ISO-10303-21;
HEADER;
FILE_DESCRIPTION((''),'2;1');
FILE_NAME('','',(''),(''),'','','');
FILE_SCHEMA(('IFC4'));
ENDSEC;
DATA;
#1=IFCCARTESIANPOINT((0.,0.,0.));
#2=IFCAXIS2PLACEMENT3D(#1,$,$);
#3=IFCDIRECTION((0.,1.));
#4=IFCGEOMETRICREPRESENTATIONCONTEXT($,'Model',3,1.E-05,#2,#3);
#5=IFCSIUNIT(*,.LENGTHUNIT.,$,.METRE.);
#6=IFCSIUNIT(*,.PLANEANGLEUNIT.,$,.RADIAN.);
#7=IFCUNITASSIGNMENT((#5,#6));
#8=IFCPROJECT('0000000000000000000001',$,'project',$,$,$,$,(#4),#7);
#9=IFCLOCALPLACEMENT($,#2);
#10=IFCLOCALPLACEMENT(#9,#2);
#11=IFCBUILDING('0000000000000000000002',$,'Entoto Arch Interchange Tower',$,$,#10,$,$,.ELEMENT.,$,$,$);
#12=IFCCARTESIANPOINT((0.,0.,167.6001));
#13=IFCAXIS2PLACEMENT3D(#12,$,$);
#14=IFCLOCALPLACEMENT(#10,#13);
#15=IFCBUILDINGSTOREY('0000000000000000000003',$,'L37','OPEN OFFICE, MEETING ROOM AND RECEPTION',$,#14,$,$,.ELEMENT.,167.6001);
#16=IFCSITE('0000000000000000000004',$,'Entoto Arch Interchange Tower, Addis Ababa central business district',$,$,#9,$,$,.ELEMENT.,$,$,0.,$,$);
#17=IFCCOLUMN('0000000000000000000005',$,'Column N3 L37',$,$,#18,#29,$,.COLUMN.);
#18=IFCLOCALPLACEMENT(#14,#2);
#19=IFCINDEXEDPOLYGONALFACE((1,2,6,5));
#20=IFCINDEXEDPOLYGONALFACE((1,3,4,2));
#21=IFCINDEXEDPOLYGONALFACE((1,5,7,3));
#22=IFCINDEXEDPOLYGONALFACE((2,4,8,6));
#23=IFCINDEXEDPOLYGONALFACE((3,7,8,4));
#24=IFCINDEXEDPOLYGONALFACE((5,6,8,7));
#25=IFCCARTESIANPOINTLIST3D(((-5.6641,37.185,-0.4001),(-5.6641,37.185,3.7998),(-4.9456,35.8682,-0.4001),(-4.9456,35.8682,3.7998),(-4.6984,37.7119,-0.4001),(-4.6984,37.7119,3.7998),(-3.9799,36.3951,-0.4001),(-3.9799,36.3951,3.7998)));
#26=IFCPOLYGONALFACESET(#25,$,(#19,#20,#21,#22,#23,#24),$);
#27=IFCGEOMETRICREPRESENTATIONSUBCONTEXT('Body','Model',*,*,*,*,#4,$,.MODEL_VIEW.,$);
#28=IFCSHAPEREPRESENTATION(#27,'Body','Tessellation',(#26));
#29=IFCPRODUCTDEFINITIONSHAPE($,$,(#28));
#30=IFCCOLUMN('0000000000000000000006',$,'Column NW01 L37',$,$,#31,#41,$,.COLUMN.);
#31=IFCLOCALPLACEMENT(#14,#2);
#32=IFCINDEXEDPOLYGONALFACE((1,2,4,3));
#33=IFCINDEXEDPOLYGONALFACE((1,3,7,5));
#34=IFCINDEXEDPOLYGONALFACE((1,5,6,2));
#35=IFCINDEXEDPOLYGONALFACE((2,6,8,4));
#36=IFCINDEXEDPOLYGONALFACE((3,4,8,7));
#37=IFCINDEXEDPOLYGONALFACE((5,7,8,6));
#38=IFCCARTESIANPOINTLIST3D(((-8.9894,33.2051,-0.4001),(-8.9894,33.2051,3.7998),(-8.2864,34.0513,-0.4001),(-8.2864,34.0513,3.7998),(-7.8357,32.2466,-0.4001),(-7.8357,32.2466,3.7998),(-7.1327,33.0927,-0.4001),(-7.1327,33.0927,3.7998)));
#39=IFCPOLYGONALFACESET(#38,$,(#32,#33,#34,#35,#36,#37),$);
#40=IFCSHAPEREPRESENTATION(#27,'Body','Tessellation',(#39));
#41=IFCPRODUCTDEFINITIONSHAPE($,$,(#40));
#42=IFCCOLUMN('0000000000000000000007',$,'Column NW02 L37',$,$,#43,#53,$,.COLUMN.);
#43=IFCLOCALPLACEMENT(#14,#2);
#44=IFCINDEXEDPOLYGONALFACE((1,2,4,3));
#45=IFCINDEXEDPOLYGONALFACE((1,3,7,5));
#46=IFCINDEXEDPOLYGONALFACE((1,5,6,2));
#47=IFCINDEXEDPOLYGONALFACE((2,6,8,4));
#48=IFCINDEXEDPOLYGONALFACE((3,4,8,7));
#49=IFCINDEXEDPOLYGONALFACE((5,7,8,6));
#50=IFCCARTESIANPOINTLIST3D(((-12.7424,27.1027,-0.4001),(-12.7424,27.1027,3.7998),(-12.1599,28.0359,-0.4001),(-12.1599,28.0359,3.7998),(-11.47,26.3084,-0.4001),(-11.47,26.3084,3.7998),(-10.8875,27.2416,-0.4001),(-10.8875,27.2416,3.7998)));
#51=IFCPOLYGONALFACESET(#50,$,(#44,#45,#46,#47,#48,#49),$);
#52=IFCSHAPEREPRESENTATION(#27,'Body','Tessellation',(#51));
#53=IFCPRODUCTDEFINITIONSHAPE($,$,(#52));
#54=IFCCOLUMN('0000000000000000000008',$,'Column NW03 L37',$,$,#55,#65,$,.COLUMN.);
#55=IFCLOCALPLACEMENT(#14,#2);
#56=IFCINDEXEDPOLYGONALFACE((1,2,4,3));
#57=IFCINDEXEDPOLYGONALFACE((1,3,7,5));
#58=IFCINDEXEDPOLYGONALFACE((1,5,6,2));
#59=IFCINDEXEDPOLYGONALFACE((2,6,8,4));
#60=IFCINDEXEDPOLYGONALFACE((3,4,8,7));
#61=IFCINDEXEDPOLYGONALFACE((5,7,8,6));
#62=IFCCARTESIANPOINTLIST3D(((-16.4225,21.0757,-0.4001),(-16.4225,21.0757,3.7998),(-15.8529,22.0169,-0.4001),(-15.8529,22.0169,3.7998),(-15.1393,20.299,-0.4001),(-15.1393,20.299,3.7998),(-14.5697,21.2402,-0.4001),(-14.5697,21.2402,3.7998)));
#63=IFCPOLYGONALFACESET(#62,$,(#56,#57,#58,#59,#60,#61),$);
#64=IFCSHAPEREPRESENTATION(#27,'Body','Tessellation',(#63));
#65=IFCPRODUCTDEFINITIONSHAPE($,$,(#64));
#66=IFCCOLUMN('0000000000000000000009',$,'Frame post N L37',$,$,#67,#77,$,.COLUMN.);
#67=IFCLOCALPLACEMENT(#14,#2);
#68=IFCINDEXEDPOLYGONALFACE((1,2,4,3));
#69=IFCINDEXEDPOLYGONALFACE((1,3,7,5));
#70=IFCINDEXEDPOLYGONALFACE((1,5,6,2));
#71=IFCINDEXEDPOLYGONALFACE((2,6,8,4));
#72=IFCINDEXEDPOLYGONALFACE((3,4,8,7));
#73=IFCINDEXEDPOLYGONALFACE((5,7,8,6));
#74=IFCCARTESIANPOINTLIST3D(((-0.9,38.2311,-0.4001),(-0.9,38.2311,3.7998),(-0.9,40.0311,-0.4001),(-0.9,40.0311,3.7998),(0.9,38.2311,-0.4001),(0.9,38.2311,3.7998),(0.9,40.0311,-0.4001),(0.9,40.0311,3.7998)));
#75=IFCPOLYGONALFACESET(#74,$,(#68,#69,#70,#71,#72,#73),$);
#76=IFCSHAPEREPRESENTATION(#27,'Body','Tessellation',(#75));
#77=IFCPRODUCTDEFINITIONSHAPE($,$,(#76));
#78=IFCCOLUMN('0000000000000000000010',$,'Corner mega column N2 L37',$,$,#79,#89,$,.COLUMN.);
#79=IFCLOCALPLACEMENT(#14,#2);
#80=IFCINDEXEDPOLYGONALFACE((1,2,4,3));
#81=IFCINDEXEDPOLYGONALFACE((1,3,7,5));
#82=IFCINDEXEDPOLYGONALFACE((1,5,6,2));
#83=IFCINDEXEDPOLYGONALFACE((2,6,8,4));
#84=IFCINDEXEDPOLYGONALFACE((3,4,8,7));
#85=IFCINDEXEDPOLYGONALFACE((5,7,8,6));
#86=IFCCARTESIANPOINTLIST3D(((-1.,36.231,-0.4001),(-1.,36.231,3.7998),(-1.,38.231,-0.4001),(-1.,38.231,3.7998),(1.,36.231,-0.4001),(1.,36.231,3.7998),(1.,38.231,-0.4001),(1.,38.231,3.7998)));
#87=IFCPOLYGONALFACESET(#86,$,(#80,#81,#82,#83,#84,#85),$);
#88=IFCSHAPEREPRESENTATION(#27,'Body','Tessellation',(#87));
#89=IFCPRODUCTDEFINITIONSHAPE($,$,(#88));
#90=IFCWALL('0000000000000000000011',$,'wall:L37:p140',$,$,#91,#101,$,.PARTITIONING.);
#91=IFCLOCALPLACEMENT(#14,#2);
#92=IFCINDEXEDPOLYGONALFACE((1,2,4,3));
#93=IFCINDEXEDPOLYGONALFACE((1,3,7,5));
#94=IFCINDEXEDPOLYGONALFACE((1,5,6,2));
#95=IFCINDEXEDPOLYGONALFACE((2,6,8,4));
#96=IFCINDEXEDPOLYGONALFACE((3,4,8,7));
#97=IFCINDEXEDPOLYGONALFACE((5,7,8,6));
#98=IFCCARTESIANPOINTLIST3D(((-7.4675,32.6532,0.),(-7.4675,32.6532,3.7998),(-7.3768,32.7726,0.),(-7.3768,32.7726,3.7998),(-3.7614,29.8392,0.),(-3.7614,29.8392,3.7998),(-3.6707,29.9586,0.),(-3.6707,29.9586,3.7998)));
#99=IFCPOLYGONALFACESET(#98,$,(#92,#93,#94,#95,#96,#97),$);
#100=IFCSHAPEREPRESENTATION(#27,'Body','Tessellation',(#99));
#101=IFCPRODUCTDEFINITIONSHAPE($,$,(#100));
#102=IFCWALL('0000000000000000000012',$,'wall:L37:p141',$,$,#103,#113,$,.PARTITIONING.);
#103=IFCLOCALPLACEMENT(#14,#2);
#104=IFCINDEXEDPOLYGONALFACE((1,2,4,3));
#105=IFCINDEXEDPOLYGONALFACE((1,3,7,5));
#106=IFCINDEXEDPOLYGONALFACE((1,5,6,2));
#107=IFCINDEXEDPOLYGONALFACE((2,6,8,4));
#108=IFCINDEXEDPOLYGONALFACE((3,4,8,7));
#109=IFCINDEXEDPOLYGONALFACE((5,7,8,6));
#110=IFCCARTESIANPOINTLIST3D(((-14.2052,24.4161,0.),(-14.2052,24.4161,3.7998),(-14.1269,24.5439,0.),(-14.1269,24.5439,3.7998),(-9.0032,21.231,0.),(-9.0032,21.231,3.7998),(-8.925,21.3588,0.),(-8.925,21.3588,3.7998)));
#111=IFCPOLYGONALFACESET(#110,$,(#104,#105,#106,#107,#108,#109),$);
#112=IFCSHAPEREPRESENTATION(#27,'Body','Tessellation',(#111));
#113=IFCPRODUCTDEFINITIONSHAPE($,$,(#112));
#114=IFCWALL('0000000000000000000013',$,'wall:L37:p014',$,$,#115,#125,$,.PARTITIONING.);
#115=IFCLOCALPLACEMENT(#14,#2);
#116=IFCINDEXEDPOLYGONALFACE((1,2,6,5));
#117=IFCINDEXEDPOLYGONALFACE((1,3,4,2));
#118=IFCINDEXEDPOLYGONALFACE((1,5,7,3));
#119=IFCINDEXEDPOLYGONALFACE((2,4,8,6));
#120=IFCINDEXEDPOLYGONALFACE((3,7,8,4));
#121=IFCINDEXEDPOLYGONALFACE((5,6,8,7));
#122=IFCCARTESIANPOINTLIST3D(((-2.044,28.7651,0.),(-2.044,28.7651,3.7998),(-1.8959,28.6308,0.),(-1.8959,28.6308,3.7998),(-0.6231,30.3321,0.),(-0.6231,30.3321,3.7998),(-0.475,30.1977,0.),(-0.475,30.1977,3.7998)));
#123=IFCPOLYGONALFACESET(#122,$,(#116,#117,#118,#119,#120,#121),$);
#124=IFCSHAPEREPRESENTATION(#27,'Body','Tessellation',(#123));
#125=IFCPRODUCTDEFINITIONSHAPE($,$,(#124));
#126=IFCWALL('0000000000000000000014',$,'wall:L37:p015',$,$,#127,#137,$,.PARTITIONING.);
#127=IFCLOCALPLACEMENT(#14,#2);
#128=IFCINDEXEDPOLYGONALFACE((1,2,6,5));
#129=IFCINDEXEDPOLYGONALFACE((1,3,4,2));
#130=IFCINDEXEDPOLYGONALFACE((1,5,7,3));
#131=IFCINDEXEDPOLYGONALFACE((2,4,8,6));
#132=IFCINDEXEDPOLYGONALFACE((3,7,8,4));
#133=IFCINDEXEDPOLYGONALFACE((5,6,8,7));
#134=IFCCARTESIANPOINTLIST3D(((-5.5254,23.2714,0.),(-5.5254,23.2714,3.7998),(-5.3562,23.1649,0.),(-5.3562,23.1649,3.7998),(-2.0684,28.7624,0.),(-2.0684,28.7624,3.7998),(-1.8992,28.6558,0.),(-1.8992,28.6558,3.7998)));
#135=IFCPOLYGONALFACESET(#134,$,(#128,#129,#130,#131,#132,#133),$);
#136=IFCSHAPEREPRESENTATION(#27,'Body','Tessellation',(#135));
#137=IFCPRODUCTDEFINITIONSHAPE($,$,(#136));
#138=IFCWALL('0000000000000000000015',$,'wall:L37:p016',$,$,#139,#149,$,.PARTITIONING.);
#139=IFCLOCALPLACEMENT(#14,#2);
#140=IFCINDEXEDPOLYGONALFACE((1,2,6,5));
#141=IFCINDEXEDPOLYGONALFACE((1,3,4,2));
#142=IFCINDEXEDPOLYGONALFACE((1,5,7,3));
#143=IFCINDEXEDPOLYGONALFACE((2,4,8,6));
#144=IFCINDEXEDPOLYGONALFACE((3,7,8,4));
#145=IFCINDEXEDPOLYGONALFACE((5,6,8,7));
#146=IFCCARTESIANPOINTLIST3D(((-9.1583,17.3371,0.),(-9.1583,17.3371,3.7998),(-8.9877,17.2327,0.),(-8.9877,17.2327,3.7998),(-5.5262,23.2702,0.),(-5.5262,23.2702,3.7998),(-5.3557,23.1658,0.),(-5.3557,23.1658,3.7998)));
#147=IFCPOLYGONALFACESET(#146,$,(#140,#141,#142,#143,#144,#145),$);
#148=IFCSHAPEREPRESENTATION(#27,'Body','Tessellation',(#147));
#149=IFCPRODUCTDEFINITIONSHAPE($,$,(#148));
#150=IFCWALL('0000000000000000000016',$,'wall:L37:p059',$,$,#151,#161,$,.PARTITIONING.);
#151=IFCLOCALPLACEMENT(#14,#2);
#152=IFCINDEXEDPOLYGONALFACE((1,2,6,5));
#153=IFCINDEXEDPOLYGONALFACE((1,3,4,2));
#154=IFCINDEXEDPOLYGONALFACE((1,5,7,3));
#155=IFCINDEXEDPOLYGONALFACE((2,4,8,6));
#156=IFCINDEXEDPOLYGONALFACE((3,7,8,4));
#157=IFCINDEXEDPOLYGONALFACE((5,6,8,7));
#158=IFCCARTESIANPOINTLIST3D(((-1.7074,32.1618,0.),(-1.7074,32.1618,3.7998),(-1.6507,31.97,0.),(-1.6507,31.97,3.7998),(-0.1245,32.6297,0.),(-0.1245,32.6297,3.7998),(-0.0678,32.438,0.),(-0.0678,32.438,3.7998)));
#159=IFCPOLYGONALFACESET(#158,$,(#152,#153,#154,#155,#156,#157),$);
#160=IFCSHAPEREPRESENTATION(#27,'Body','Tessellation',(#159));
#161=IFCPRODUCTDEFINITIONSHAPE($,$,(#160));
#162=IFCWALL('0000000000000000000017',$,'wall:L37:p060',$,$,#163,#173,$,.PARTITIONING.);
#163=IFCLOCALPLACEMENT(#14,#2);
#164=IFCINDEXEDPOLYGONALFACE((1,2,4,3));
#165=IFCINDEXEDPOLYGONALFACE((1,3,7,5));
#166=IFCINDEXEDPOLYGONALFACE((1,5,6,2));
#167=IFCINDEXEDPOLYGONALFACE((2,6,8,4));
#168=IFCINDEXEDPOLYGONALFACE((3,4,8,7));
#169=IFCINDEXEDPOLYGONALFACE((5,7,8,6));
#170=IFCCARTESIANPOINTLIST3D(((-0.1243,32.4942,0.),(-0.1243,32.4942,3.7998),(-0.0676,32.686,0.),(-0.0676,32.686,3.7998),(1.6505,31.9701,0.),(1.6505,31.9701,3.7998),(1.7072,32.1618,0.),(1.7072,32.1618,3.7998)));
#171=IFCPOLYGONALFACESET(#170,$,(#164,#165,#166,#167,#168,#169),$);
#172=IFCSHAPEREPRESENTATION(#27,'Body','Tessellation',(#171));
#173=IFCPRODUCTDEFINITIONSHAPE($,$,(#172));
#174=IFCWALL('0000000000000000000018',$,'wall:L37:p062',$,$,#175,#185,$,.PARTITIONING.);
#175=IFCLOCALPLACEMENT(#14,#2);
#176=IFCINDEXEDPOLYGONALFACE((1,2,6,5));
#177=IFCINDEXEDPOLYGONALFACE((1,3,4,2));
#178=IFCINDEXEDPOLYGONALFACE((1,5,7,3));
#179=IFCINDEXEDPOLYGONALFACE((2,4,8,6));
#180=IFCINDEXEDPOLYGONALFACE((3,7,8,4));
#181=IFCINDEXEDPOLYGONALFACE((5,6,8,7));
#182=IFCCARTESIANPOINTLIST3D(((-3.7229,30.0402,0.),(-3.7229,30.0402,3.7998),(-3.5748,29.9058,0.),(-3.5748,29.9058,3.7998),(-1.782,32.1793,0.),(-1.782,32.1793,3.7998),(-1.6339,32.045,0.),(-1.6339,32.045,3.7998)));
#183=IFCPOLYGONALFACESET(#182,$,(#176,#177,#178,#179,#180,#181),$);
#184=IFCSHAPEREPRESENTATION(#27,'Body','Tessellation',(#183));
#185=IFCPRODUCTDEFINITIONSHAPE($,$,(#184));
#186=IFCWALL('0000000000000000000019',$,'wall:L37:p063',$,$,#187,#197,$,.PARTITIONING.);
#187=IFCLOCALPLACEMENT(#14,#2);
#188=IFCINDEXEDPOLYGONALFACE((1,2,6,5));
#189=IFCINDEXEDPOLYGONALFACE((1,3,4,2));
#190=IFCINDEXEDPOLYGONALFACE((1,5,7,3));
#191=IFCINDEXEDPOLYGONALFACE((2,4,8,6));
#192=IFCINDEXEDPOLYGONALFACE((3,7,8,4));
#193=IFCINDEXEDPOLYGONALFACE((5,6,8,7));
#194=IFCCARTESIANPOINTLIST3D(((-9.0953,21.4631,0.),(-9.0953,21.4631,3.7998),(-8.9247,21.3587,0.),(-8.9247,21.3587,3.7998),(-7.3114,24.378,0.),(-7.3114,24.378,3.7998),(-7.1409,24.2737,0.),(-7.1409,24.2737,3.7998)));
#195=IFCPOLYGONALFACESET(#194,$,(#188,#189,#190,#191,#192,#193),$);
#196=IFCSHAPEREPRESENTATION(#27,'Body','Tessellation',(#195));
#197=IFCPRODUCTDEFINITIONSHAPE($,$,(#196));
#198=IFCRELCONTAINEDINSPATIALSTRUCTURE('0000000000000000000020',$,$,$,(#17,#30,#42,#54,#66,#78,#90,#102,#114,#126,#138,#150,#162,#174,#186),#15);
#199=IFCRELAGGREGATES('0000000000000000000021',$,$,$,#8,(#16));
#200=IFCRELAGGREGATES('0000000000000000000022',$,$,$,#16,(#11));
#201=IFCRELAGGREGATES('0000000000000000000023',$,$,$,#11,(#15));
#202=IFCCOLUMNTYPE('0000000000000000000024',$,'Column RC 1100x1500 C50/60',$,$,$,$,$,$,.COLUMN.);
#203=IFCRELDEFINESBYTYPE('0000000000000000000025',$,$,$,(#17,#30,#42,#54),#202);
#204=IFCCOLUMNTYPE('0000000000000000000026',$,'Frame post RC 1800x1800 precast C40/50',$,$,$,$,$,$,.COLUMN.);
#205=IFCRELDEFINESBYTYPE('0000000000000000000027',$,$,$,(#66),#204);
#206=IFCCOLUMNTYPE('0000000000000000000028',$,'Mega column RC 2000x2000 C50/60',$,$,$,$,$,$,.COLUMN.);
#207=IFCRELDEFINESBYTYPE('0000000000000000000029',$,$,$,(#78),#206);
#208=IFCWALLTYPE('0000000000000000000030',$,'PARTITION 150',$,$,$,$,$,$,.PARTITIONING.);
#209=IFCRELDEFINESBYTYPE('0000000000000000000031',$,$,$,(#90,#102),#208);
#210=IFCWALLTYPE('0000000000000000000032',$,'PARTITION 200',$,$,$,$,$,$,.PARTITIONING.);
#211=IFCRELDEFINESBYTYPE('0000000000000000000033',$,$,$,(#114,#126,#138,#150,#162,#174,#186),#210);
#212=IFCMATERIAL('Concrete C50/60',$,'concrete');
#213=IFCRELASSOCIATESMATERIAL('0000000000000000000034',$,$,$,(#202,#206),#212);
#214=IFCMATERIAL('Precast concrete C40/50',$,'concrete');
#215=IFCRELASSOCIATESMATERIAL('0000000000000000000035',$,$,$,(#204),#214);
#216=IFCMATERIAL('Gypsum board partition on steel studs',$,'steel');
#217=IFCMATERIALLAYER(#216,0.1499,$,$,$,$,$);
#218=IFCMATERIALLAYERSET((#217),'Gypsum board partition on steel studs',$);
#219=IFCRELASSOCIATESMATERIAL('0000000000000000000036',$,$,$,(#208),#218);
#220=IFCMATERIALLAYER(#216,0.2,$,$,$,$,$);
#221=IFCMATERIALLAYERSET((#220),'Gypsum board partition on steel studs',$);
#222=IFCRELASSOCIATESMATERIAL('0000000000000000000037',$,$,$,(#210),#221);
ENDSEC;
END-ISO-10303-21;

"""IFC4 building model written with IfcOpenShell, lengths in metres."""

from ifc_helpers import new_model, si_unit, direction, frame, frame_2d, origin, origin_2d, place, context, subcontext, project, spatial, rectangle, extrude, material, layer, layer_set, material_profile, profile_set, type_object, element, save


model = new_model("IFC4")

# Units and contexts
model_context = context("Model", 3, precision=1e-05, world=origin(), true_north=direction((0.0, 1.0)))
body_context = subcontext(model_context, "Body", "Model", "MODEL_VIEW")
ifc_project = project(units=[si_unit("LENGTHUNIT", "METRE"), si_unit("PLANEANGLEUNIT", "RADIAN")], contexts=[model_context])

# Site, building, storey
site_placement = place(None, origin())
site = spatial("IfcSite", under=ifc_project, at=site_placement, Name="Entoto Arch Interchange Tower, Addis Ababa central business district", CompositionType="ELEMENT", RefElevation=0.0)
building_placement = place(site_placement, origin())
building = spatial("IfcBuilding", under=site, at=building_placement, Name="Entoto Arch Interchange Tower", CompositionType="ELEMENT")
storey_placement = place(building_placement, frame((0.0, 0.0, 167.6001)))
storey = spatial("IfcBuildingStorey", under=building, at=storey_placement, Name="L37", Description="OPEN OFFICE, MEETING ROOM AND RECEPTION", CompositionType="ELEMENT", Elevation=167.6001)

# Columns
ifc_material_1 = material(Name="Concrete C50/60", Category="concrete")
ifc_material_profile_1 = material_profile(ifc_material_1, rectangle(XDim=1.1001, YDim=1.5, at=origin_2d()))
ifc_profile_set_1 = profile_set([ifc_material_profile_1], Name="Concrete C50/60")
column_type_1 = type_object("IfcColumnType", Name="Column RC 1100x1500 C50/60", PredefinedType="COLUMN", material=ifc_profile_set_1)
for number, where, z_axis, x_axis, name in (
    (1, (-4.822, 36.79, -0.4001), (0.0, 0.0, 1.0), (0.877833, 0.478968, 0.0), "Column N3 L37"),
    (2, (-8.061, 33.1489, -0.4001), (0.0, 0.0, 1.0), (0.63905, 0.769165, 0.0), "Column NW01 L37"),
    (3, (-11.8149, 27.1721, -0.4001), (0.0, 0.0, 1.0), (0.529549, 0.848279, 0.0), "Column NW02 L37"),
    (4, (-15.4961, 21.158, -0.4001), (0.0, 0.0, 1.0), (0.517803, 0.8555, 0.0), "Column NW03 L37"),
):
    element("IfcColumn", number, at=place(storey_placement, frame(where, z_axis=z_axis, x_axis=x_axis)), inside=storey, type_object=column_type_1, Name=name, PredefinedType="COLUMN", context=body_context, shape_type="SweptSolid", body=[
        extrude(rectangle(XDim=1.1001, YDim=1.5, at=origin_2d()), origin(), (0.0, 0.0, 1.0), 4.2),
    ])
ifc_material_2 = material(Name="Precast concrete C40/50", Category="concrete")
ifc_material_profile_2 = material_profile(ifc_material_2, rectangle(XDim=1.8, YDim=1.8, at=origin_2d()))
ifc_profile_set_2 = profile_set([ifc_material_profile_2], Name="Precast concrete C40/50")
column_type_2 = type_object("IfcColumnType", Name="Frame post RC 1800x1800 precast C40/50", PredefinedType="COLUMN", material=ifc_profile_set_2)
column_1_placement = place(storey_placement, frame((0.0, 39.1311, -0.4001), z_axis=(0.0, 0.0, 1.0), x_axis=(0.0, 1.0, 0.0)))
element("IfcColumn", 5, at=column_1_placement, inside=storey, type_object=column_type_2, Name="Frame post N L37", PredefinedType="COLUMN", context=body_context, shape_type="SweptSolid", body=[
    extrude(rectangle(XDim=1.8, YDim=1.8, at=origin_2d()), origin(), (0.0, 0.0, 1.0), 4.2),
])
ifc_material_profile_3 = material_profile(ifc_material_1, rectangle(XDim=2.0, YDim=2.0, at=origin_2d()))
ifc_profile_set_3 = profile_set([ifc_material_profile_3], Name="Concrete C50/60")
column_type_3 = type_object("IfcColumnType", Name="Mega column RC 2000x2000 C50/60", PredefinedType="COLUMN", material=ifc_profile_set_3)
column_2_placement = place(storey_placement, frame((0.0, 37.231, -0.4001), z_axis=(0.0, 0.0, 1.0), x_axis=(0.0, 1.0, 0.0)))
element("IfcColumn", 6, at=column_2_placement, inside=storey, type_object=column_type_3, Name="Corner mega column N2 L37", PredefinedType="COLUMN", context=body_context, shape_type="SweptSolid", body=[
    extrude(rectangle(XDim=2.0, YDim=2.0, at=origin_2d()), origin(), (0.0, 0.0, 1.0), 4.2),
])

# Walls
ifc_material_3 = material(Name="Gypsum board partition on steel studs", Category="steel")
ifc_layer_1 = layer(ifc_material_3, 0.1499)
ifc_layer_set_1 = layer_set([ifc_layer_1], Name="Gypsum board partition on steel studs")
wall_type_1 = type_object("IfcWallType", Name="PARTITION 150", PredefinedType="PARTITIONING", material=ifc_layer_set_1)
wall_1_placement = place(storey_placement, frame((-3.7161, 29.8989, 0.0), z_axis=(0.0, 0.0, 1.0), x_axis=(-0.796435, 0.604724, 0.0)))
element("IfcWall", 7, at=wall_1_placement, inside=storey, type_object=wall_type_1, Name="wall:L37:p140", PredefinedType="PARTITIONING", context=body_context, shape_type="SweptSolid", body=[
    extrude(rectangle(XDim=4.6533, YDim=0.1499, at=frame_2d((2.3267, 0.0))), origin(), (0.0, 0.0, 1.0), 3.7998),
])
wall_2_placement = place(storey_placement, frame((-8.9641, 21.2949, 0.0), z_axis=(0.0, 0.0, 1.0), x_axis=(-0.852835, 0.52218, 0.0)))
element("IfcWall", 8, at=wall_2_placement, inside=storey, type_object=wall_type_1, Name="wall:L37:p141", PredefinedType="PARTITIONING", context=body_context, shape_type="SweptSolid", body=[
    extrude(rectangle(XDim=6.0996, YDim=0.1499, at=frame_2d((3.0498, 0.0))), origin(), (0.0, 0.0, 1.0), 3.7998),
])
ifc_layer_2 = layer(ifc_material_3, 0.2)
ifc_layer_set_2 = layer_set([ifc_layer_2], Name="Gypsum board partition on steel studs")
wall_type_2 = type_object("IfcWallType", Name="PARTITION 200", PredefinedType="PARTITIONING", material=ifc_layer_set_2)
wall_3_placement = place(storey_placement, frame((-0.5491, 30.2649, 0.0), z_axis=(0.0, 0.0, 1.0), x_axis=(-0.671753, -0.740775, 0.0)))
element("IfcWall", 9, at=wall_3_placement, inside=storey, type_object=wall_type_2, Name="wall:L37:p014", PredefinedType="PARTITIONING", context=body_context, shape_type="SweptSolid", body=[
    extrude(rectangle(XDim=2.1152, YDim=0.2, at=frame_2d((1.0576, 0.0))), origin(), (0.0, 0.0, 1.0), 3.7998),
])
wall_4_placement = place(storey_placement, frame((-1.9839, 28.709, 0.0), z_axis=(0.0, 0.0, 1.0), x_axis=(-0.532786, -0.84625, 0.0)))
element("IfcWall", 10, at=wall_4_placement, inside=storey, type_object=wall_type_2, Name="wall:L37:p015", PredefinedType="PARTITIONING", context=body_context, shape_type="SweptSolid", body=[
    extrude(rectangle(XDim=6.4885, YDim=0.2, at=frame_2d((3.2441, 0.0))), origin(), (0.0, 0.0, 1.0), 3.7998),
])
wall_5_placement = place(storey_placement, frame((-5.4409, 23.218, 0.0), z_axis=(0.0, 0.0, 1.0), x_axis=(-0.522109, -0.852879, 0.0)))
element("IfcWall", 11, at=wall_5_placement, inside=storey, type_object=wall_type_2, Name="wall:L37:p016", PredefinedType="PARTITIONING", context=body_context, shape_type="SweptSolid", body=[
    extrude(rectangle(XDim=6.9565, YDim=0.2, at=frame_2d((3.4783, 0.0))), origin(), (0.0, 0.0, 1.0), 3.7998),
])
wall_6_placement = place(storey_placement, frame((-1.679, 32.0659, 0.0), z_axis=(0.0, 0.0, 1.0), x_axis=(0.958967, 0.283519, 0.0)))
element("IfcWall", 12, at=wall_6_placement, inside=storey, type_object=wall_type_2, Name="wall:L37:p059", PredefinedType="PARTITIONING", context=body_context, shape_type="SweptSolid", body=[
    extrude(rectangle(XDim=1.6506, YDim=0.2, at=frame_2d((0.8252, 0.0))), origin(), (0.0, 0.0, 1.0), 3.7998),
])
wall_7_placement = place(storey_placement, frame((-0.0959, 32.5901, 0.0), z_axis=(0.0, 0.0, 1.0), x_axis=(0.959052, -0.28323, 0.0)))
element("IfcWall", 13, at=wall_7_placement, inside=storey, type_object=wall_type_2, Name="wall:L37:p060", PredefinedType="PARTITIONING", context=body_context, shape_type="SweptSolid", body=[
    extrude(rectangle(XDim=1.8506, YDim=0.2, at=frame_2d((0.9253, 0.0))), origin(), (0.0, 0.0, 1.0), 3.7998),
])
wall_8_placement = place(storey_placement, frame((-3.6489, 29.9729, 0.0), z_axis=(0.0, 0.0, 1.0), x_axis=(0.671957, 0.74059, 0.0)))
element("IfcWall", 14, at=wall_8_placement, inside=storey, type_object=wall_type_2, Name="wall:L37:p062", PredefinedType="PARTITIONING", context=body_context, shape_type="SweptSolid", body=[
    extrude(rectangle(XDim=2.8884, YDim=0.2, at=frame_2d((1.4443, 0.0))), origin(), (0.0, 0.0, 1.0), 3.7998),
])
wall_9_placement = place(storey_placement, frame((-9.01, 21.4109, 0.0), z_axis=(0.0, 0.0, 1.0), x_axis=(0.521987, 0.852953, 0.0)))
element("IfcWall", 15, at=wall_9_placement, inside=storey, type_object=wall_type_2, Name="wall:L37:p063", PredefinedType="PARTITIONING", context=body_context, shape_type="SweptSolid", body=[
    extrude(rectangle(XDim=3.4175, YDim=0.2, at=frame_2d((1.7087, 0.0))), origin(), (0.0, 0.0, 1.0), 3.7998),
])

save(model, "model.ifc")
